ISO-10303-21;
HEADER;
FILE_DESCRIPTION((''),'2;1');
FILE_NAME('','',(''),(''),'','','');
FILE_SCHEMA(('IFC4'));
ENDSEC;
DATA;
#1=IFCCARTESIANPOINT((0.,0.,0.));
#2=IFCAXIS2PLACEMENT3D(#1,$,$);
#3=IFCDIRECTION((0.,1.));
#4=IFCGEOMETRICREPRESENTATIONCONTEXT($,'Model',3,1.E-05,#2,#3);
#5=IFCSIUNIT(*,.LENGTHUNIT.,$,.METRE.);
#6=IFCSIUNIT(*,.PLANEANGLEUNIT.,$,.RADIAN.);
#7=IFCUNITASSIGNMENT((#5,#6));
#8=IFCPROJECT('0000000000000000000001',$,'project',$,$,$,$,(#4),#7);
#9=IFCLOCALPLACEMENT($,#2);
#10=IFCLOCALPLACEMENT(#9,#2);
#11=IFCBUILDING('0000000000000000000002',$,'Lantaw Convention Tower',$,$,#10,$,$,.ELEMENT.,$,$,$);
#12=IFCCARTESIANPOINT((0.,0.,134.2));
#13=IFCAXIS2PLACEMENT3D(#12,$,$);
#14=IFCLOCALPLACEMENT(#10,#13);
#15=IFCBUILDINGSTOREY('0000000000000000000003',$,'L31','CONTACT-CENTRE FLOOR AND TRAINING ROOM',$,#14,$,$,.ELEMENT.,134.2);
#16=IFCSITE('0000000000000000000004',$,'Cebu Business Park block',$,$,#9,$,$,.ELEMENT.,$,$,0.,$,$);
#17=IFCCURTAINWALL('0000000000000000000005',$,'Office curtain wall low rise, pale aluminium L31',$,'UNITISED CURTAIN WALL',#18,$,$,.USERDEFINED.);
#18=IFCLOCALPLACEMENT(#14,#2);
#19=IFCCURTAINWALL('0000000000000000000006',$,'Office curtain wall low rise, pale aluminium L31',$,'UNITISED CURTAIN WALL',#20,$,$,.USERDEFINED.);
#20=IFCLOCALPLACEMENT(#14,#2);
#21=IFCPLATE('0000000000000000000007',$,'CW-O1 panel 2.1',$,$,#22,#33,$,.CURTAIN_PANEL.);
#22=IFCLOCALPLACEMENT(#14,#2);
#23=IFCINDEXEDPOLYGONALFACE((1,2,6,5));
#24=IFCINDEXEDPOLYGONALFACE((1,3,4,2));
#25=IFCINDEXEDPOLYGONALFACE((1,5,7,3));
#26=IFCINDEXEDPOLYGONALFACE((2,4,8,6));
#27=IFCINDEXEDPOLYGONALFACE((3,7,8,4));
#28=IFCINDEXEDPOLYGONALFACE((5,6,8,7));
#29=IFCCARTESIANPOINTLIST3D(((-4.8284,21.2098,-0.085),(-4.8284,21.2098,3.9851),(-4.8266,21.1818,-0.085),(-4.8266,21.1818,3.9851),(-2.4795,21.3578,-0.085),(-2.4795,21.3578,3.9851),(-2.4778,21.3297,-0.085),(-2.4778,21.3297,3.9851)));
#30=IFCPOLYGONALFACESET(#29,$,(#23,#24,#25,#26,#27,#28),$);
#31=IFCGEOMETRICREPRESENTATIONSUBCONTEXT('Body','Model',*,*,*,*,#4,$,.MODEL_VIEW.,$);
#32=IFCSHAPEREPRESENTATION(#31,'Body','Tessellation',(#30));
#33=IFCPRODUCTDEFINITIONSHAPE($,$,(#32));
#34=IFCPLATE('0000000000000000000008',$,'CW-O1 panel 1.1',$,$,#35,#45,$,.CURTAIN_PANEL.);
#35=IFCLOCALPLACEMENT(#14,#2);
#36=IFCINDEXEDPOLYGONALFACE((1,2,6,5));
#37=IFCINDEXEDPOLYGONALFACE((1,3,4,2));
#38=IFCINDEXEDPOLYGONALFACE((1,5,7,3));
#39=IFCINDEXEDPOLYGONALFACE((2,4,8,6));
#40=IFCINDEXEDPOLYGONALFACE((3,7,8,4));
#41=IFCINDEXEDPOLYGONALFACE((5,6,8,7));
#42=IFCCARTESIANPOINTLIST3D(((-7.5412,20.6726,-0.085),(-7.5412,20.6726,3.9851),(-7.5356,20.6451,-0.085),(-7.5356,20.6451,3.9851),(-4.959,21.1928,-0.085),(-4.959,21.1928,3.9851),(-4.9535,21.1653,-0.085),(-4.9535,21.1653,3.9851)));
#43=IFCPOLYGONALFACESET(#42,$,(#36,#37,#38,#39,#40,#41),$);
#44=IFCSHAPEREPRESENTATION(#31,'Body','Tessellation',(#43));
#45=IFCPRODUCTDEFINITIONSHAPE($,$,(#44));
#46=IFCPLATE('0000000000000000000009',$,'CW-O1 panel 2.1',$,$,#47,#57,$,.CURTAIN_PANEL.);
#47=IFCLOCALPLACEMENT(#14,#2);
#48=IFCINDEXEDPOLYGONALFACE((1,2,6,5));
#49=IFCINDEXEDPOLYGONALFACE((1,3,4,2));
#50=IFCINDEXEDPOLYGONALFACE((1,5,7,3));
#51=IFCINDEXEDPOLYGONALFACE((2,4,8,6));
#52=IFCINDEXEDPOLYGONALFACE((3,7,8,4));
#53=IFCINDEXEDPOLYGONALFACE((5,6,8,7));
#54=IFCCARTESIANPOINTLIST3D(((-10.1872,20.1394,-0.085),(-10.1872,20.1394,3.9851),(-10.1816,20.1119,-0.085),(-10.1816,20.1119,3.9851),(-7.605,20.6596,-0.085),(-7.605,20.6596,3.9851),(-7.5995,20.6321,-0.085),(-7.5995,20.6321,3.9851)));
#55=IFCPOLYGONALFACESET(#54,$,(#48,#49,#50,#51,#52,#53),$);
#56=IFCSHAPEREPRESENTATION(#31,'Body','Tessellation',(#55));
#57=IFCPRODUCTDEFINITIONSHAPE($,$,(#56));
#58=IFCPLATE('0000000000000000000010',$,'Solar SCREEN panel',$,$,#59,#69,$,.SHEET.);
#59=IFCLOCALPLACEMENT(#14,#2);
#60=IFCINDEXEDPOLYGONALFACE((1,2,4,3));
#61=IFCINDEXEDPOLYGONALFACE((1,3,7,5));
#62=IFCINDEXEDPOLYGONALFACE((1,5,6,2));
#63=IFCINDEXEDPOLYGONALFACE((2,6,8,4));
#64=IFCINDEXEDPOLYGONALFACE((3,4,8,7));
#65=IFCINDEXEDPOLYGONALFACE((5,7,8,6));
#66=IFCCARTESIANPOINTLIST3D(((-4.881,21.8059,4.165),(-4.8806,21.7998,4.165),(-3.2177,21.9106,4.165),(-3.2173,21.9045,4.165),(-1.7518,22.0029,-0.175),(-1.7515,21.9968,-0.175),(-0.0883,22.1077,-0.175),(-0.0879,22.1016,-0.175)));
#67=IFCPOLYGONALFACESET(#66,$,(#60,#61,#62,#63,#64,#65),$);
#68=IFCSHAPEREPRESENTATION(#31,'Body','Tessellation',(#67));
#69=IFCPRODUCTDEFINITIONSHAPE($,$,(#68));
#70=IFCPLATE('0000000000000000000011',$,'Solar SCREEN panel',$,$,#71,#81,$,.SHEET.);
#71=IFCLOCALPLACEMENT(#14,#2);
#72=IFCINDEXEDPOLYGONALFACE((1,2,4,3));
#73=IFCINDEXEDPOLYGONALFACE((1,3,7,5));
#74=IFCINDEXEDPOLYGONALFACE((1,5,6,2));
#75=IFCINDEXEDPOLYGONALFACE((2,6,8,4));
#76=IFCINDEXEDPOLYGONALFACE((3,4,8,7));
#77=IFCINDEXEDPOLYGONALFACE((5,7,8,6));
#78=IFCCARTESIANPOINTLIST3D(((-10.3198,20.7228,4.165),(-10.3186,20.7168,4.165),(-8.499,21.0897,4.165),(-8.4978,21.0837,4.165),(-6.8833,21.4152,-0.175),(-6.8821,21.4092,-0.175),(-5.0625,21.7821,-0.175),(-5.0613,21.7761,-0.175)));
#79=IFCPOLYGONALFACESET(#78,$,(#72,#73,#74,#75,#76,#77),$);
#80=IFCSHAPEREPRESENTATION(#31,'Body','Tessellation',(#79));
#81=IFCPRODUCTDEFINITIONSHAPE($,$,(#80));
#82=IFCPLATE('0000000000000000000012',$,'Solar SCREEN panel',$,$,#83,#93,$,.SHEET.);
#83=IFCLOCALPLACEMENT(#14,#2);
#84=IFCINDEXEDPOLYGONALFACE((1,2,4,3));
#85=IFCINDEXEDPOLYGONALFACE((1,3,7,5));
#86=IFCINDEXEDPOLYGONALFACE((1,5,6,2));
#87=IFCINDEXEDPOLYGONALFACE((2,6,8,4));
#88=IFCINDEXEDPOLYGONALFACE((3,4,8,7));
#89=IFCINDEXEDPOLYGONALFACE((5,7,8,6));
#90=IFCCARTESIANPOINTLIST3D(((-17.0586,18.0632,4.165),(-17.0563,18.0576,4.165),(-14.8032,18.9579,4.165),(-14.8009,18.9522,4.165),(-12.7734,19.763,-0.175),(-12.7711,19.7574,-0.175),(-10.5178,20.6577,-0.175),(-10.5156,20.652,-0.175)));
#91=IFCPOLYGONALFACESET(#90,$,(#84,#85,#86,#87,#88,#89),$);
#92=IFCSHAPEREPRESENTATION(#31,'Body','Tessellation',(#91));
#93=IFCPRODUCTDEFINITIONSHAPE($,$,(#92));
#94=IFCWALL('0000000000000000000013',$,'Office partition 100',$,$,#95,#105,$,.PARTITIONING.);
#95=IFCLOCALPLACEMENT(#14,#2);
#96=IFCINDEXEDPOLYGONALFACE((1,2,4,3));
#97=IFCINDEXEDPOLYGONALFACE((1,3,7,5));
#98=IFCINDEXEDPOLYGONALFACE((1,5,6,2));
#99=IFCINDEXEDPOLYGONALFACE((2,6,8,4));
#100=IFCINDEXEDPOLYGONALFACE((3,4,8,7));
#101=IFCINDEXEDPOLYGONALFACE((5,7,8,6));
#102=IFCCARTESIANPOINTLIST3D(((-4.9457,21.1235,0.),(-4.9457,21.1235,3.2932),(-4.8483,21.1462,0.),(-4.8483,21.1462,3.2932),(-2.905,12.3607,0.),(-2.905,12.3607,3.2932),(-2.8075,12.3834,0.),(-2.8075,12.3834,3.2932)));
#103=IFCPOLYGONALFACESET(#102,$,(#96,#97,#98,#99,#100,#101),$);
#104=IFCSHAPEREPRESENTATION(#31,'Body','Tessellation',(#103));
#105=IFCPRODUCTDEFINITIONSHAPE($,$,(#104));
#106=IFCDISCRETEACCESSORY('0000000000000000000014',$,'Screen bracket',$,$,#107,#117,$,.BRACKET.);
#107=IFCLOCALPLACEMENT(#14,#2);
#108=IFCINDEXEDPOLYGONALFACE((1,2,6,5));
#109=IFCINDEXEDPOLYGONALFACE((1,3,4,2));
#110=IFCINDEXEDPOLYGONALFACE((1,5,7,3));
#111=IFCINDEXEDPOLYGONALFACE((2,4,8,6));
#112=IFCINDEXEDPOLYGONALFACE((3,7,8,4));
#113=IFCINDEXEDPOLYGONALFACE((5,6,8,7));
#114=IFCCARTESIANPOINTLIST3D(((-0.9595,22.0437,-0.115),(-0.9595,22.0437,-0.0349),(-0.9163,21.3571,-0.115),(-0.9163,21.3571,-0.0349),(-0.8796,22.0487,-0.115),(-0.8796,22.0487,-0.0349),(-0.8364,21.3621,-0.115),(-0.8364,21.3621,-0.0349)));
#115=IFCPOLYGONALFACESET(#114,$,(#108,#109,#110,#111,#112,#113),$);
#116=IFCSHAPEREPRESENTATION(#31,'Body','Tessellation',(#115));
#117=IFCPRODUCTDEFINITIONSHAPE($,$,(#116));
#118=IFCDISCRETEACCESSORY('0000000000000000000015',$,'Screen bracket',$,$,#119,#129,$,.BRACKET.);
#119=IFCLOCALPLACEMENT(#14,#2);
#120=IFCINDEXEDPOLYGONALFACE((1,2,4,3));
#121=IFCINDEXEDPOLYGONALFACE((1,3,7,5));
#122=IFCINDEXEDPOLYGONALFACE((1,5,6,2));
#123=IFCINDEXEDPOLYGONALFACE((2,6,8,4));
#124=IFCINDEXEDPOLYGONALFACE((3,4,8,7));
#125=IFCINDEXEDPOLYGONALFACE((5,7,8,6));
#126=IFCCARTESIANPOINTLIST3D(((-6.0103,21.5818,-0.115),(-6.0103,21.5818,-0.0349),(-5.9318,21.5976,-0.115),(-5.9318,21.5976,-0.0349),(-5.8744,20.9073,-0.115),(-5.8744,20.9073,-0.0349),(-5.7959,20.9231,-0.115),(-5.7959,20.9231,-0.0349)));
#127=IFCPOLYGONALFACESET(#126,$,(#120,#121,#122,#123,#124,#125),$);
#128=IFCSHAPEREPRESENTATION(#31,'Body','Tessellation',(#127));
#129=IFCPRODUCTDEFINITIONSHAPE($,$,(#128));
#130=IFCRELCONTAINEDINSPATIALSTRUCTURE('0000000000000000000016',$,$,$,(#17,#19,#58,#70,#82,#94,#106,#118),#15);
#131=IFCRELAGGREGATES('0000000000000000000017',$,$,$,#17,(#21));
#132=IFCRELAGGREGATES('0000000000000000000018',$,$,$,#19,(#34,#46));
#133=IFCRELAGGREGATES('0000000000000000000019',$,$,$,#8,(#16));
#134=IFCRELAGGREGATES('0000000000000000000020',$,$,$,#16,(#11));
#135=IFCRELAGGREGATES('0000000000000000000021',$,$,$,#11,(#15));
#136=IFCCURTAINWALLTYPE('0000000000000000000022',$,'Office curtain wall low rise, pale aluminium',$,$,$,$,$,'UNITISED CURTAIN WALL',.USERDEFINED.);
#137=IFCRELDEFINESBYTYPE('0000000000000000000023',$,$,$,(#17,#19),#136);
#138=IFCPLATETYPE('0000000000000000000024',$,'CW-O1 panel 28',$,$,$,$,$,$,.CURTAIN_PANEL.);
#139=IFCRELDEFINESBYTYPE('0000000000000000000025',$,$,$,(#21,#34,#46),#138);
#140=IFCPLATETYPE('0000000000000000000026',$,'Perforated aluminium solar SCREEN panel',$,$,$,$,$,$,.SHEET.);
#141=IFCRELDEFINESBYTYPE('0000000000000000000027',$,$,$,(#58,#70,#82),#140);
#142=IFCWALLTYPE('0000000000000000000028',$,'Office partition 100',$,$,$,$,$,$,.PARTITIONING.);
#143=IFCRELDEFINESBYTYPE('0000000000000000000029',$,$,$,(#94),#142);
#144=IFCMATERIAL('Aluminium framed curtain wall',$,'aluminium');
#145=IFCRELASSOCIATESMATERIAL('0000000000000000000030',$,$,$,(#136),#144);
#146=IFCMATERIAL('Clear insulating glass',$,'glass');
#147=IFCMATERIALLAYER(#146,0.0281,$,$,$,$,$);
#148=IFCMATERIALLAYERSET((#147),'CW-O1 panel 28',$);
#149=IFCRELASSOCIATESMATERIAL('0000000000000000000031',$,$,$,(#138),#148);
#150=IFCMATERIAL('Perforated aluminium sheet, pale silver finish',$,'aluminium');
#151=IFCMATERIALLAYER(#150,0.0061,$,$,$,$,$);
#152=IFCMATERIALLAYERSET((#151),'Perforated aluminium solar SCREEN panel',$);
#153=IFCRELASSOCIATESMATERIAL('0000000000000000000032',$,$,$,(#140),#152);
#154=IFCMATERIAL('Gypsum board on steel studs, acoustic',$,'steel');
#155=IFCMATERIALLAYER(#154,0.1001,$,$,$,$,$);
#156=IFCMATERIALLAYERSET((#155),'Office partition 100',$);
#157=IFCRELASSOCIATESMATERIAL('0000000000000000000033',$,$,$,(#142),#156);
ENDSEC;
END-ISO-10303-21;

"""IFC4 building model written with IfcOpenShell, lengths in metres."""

from ifc_helpers import new_model, si_unit, direction, frame, frame_2d, origin, origin_2d, place, context, subcontext, project, spatial, polyline, rectangle, outline, extrude, material, layer, layer_set, type_object, element, aggregate, save


model = new_model("IFC4")

# Units and contexts
model_context = context("Model", 3, precision=1e-05, world=origin(), true_north=direction((0.0, 1.0)))
body_context = subcontext(model_context, "Body", "Model", "MODEL_VIEW")
ifc_project = project(units=[si_unit("LENGTHUNIT", "METRE"), si_unit("PLANEANGLEUNIT", "RADIAN")], contexts=[model_context])

# Site, building, storey
site_placement = place(None, origin())
site = spatial("IfcSite", under=ifc_project, at=site_placement, Name="Cebu Business Park block", CompositionType="ELEMENT", RefElevation=0.0)
building_placement = place(site_placement, origin())
building = spatial("IfcBuilding", under=site, at=building_placement, Name="Lantaw Convention Tower", CompositionType="ELEMENT")
storey_placement = place(building_placement, frame((0.0, 0.0, 134.2)))
storey = spatial("IfcBuildingStorey", under=building, at=storey_placement, Name="L31", Description="CONTACT-CENTRE FLOOR AND TRAINING ROOM", CompositionType="ELEMENT", Elevation=134.2)

# Curtain walls
ifc_material_1 = material(Name="Aluminium framed curtain wall", Category="aluminium")
curtain_wall_type = type_object("IfcCurtainWallType", Name="Office curtain wall low rise, pale aluminium", ElementType="UNITISED CURTAIN WALL", PredefinedType="USERDEFINED", material=ifc_material_1)
curtain_wall_1_placement = place(storey_placement, origin())
curtain_wall_1 = element("IfcCurtainWall", 1, at=curtain_wall_1_placement, inside=storey, type_object=curtain_wall_type, Name="Office curtain wall low rise, pale aluminium L31", ObjectType="UNITISED CURTAIN WALL", PredefinedType="USERDEFINED")
curtain_wall_2_placement = place(storey_placement, origin())
curtain_wall_2 = element("IfcCurtainWall", 2, at=curtain_wall_2_placement, inside=storey, type_object=curtain_wall_type, Name="Office curtain wall low rise, pale aluminium L31", ObjectType="UNITISED CURTAIN WALL", PredefinedType="USERDEFINED")

# Plates
ifc_material_2 = material(Name="Clear insulating glass", Category="glass")
ifc_layer_1 = layer(ifc_material_2, 0.0281)
ifc_layer_set_1 = layer_set([ifc_layer_1], Name="CW-O1 panel 28")
plate_type_1 = type_object("IfcPlateType", Name="CW-O1 panel 28", PredefinedType="CURTAIN_PANEL", material=ifc_layer_set_1)
plate_1_placement = place(storey_placement, frame((-3.6531, 21.2698, -0.085), z_axis=(0.0, 0.0, 1.0), x_axis=(-0.998022, -0.062865, 0.0)))
plate_1 = element("IfcPlate", 3, at=plate_1_placement, type_object=plate_type_1, Name="CW-O1 panel 2.1", PredefinedType="CURTAIN_PANEL", context=body_context, shape_type="SweptSolid", body=[
    extrude(rectangle(XDim=2.3535, YDim=0.0281, at=origin_2d()), origin(), (0.0, 0.0, 1.0), 4.0701),
])
aggregate(curtain_wall_1, [plate_1])
plate_2_placement = place(storey_placement, frame((-6.2473, 20.9189, -0.085), z_axis=(0.0, 0.0, 1.0), x_axis=(-0.980302, -0.197507, 0.0)))
plate_2 = element("IfcPlate", 4, at=plate_2_placement, type_object=plate_type_1, Name="CW-O1 panel 1.1", PredefinedType="CURTAIN_PANEL", context=body_context, shape_type="SweptSolid", body=[
    extrude(rectangle(XDim=2.634, YDim=0.0281, at=origin_2d()), origin(), (0.0, 0.0, 1.0), 4.0701),
])
plate_3_placement = place(storey_placement, frame((-8.8933, 20.3857, -0.085), z_axis=(0.0, 0.0, 1.0), x_axis=(-0.980302, -0.197507, 0.0)))
plate_3 = element("IfcPlate", 5, at=plate_3_placement, type_object=plate_type_1, Name="CW-O1 panel 2.1", PredefinedType="CURTAIN_PANEL", context=body_context, shape_type="SweptSolid", body=[
    extrude(rectangle(XDim=2.634, YDim=0.0281, at=origin_2d()), origin(), (0.0, 0.0, 1.0), 4.0701),
])
aggregate(curtain_wall_2, [plate_2, plate_3])

# Plates
ifc_material_3 = material(Name="Perforated aluminium sheet, pale silver finish", Category="aluminium")
ifc_layer_2 = layer(ifc_material_3, 0.0061)
ifc_layer_set_2 = layer_set([ifc_layer_2], Name="Perforated aluminium solar SCREEN panel")
plate_type_2 = type_object("IfcPlateType", Name="Perforated aluminium solar SCREEN panel", PredefinedType="SHEET", material=ifc_layer_set_2)
plate_4_placement = place(storey_placement, frame((-0.0879, 22.1016, -0.175), z_axis=(0.062839, -0.998024, 0.000002), x_axis=(-0.998024, -0.062839, 0.0)))
element("IfcPlate", 6, at=plate_4_placement, inside=storey, type_object=plate_type_2, Name="Solar SCREEN panel", PredefinedType="SHEET", context=body_context, shape_type="SweptSolid", body=[
    extrude(outline(polyline([(0.0, 0.0), (1.6669, 0.0), (4.8022, -4.3401), (3.1356, -4.3401), (0.0, 0.0)])), origin(), (0.0, 0.0, -1.0), 0.0061),
])
plate_5_placement = place(storey_placement, frame((-5.0613, 21.7761, -0.175), z_axis=(0.197557, -0.980291, 0.000039), x_axis=(-0.980291, -0.197557, 0.0)))
element("IfcPlate", 7, at=plate_5_placement, inside=storey, type_object=plate_type_2, Name="Solar SCREEN panel", PredefinedType="SHEET", context=body_context, shape_type="SweptSolid", body=[
    extrude(outline(polyline([(0.0, 0.0), (1.8574, 0.0), (5.363, -4.3401), (3.5056, -4.3401), (0.0, 0.0)])), origin(), (0.0, 0.0, -1.0), 0.0061),
])
plate_6_placement = place(storey_placement, frame((-10.5178, 20.6577, -0.175), z_axis=(-0.368709, 0.929545, 0.000011), x_axis=(-0.929545, -0.368709, 0.0)))
element("IfcPlate", 8, at=plate_6_placement, inside=storey, type_object=plate_type_2, Name="Solar SCREEN panel", PredefinedType="SHEET", context=body_context, shape_type="SweptSolid", body=[
    extrude(outline(polyline([(0.0, 0.0), (2.4265, 0.0), (7.0365, 4.3401), (4.6102, 4.3401), (0.0, 0.0)])), origin(), (0.0, 0.0, -1.0), 0.0061),
])

# Wall
ifc_material_4 = material(Name="Gypsum board on steel studs, acoustic", Category="steel")
ifc_layer_3 = layer(ifc_material_4, 0.1001)
ifc_layer_set_3 = layer_set([ifc_layer_3], Name="Office partition 100")
wall_type = type_object("IfcWallType", Name="Office partition 100", PredefinedType="PARTITIONING", material=ifc_layer_set_3)
wall_placement = place(storey_placement, frame((-4.897, 21.1348, 0.0), z_axis=(0.0, 0.0, 1.0), x_axis=(0.226817, -0.973937, 0.0)))
element("IfcWall", 9, at=wall_placement, inside=storey, type_object=wall_type, Name="Office partition 100", PredefinedType="PARTITIONING", context=body_context, shape_type="SweptSolid", body=[
    extrude(rectangle(XDim=8.9973, YDim=0.1001, at=frame_2d((4.4985, 0.0))), origin(), (0.0, 0.0, 1.0), 3.2932),
])

# Discrete accessories
for number, where, z_axis, x_axis, name in (
    (10, (-0.8979, 21.7029, -0.115), (0.0, 0.0, 1.0), (-0.998022, -0.062865, 0.0), "Screen bracket"),
    (11, (-5.9031, 21.2524, -0.115), (0.0, 0.0, 1.0), (-0.980302, -0.197507, 0.0), "Screen bracket"),
):
    element("IfcDiscreteAccessory", number, at=place(storey_placement, frame(where, z_axis=z_axis, x_axis=x_axis)), inside=storey, Name=name, PredefinedType="BRACKET", context=body_context, shape_type="SweptSolid", body=[
        extrude(rectangle(XDim=0.0801, YDim=0.688, at=origin_2d()), origin(), (0.0, 0.0, 1.0), 0.0801),
    ])

save(model, "model.ifc")
